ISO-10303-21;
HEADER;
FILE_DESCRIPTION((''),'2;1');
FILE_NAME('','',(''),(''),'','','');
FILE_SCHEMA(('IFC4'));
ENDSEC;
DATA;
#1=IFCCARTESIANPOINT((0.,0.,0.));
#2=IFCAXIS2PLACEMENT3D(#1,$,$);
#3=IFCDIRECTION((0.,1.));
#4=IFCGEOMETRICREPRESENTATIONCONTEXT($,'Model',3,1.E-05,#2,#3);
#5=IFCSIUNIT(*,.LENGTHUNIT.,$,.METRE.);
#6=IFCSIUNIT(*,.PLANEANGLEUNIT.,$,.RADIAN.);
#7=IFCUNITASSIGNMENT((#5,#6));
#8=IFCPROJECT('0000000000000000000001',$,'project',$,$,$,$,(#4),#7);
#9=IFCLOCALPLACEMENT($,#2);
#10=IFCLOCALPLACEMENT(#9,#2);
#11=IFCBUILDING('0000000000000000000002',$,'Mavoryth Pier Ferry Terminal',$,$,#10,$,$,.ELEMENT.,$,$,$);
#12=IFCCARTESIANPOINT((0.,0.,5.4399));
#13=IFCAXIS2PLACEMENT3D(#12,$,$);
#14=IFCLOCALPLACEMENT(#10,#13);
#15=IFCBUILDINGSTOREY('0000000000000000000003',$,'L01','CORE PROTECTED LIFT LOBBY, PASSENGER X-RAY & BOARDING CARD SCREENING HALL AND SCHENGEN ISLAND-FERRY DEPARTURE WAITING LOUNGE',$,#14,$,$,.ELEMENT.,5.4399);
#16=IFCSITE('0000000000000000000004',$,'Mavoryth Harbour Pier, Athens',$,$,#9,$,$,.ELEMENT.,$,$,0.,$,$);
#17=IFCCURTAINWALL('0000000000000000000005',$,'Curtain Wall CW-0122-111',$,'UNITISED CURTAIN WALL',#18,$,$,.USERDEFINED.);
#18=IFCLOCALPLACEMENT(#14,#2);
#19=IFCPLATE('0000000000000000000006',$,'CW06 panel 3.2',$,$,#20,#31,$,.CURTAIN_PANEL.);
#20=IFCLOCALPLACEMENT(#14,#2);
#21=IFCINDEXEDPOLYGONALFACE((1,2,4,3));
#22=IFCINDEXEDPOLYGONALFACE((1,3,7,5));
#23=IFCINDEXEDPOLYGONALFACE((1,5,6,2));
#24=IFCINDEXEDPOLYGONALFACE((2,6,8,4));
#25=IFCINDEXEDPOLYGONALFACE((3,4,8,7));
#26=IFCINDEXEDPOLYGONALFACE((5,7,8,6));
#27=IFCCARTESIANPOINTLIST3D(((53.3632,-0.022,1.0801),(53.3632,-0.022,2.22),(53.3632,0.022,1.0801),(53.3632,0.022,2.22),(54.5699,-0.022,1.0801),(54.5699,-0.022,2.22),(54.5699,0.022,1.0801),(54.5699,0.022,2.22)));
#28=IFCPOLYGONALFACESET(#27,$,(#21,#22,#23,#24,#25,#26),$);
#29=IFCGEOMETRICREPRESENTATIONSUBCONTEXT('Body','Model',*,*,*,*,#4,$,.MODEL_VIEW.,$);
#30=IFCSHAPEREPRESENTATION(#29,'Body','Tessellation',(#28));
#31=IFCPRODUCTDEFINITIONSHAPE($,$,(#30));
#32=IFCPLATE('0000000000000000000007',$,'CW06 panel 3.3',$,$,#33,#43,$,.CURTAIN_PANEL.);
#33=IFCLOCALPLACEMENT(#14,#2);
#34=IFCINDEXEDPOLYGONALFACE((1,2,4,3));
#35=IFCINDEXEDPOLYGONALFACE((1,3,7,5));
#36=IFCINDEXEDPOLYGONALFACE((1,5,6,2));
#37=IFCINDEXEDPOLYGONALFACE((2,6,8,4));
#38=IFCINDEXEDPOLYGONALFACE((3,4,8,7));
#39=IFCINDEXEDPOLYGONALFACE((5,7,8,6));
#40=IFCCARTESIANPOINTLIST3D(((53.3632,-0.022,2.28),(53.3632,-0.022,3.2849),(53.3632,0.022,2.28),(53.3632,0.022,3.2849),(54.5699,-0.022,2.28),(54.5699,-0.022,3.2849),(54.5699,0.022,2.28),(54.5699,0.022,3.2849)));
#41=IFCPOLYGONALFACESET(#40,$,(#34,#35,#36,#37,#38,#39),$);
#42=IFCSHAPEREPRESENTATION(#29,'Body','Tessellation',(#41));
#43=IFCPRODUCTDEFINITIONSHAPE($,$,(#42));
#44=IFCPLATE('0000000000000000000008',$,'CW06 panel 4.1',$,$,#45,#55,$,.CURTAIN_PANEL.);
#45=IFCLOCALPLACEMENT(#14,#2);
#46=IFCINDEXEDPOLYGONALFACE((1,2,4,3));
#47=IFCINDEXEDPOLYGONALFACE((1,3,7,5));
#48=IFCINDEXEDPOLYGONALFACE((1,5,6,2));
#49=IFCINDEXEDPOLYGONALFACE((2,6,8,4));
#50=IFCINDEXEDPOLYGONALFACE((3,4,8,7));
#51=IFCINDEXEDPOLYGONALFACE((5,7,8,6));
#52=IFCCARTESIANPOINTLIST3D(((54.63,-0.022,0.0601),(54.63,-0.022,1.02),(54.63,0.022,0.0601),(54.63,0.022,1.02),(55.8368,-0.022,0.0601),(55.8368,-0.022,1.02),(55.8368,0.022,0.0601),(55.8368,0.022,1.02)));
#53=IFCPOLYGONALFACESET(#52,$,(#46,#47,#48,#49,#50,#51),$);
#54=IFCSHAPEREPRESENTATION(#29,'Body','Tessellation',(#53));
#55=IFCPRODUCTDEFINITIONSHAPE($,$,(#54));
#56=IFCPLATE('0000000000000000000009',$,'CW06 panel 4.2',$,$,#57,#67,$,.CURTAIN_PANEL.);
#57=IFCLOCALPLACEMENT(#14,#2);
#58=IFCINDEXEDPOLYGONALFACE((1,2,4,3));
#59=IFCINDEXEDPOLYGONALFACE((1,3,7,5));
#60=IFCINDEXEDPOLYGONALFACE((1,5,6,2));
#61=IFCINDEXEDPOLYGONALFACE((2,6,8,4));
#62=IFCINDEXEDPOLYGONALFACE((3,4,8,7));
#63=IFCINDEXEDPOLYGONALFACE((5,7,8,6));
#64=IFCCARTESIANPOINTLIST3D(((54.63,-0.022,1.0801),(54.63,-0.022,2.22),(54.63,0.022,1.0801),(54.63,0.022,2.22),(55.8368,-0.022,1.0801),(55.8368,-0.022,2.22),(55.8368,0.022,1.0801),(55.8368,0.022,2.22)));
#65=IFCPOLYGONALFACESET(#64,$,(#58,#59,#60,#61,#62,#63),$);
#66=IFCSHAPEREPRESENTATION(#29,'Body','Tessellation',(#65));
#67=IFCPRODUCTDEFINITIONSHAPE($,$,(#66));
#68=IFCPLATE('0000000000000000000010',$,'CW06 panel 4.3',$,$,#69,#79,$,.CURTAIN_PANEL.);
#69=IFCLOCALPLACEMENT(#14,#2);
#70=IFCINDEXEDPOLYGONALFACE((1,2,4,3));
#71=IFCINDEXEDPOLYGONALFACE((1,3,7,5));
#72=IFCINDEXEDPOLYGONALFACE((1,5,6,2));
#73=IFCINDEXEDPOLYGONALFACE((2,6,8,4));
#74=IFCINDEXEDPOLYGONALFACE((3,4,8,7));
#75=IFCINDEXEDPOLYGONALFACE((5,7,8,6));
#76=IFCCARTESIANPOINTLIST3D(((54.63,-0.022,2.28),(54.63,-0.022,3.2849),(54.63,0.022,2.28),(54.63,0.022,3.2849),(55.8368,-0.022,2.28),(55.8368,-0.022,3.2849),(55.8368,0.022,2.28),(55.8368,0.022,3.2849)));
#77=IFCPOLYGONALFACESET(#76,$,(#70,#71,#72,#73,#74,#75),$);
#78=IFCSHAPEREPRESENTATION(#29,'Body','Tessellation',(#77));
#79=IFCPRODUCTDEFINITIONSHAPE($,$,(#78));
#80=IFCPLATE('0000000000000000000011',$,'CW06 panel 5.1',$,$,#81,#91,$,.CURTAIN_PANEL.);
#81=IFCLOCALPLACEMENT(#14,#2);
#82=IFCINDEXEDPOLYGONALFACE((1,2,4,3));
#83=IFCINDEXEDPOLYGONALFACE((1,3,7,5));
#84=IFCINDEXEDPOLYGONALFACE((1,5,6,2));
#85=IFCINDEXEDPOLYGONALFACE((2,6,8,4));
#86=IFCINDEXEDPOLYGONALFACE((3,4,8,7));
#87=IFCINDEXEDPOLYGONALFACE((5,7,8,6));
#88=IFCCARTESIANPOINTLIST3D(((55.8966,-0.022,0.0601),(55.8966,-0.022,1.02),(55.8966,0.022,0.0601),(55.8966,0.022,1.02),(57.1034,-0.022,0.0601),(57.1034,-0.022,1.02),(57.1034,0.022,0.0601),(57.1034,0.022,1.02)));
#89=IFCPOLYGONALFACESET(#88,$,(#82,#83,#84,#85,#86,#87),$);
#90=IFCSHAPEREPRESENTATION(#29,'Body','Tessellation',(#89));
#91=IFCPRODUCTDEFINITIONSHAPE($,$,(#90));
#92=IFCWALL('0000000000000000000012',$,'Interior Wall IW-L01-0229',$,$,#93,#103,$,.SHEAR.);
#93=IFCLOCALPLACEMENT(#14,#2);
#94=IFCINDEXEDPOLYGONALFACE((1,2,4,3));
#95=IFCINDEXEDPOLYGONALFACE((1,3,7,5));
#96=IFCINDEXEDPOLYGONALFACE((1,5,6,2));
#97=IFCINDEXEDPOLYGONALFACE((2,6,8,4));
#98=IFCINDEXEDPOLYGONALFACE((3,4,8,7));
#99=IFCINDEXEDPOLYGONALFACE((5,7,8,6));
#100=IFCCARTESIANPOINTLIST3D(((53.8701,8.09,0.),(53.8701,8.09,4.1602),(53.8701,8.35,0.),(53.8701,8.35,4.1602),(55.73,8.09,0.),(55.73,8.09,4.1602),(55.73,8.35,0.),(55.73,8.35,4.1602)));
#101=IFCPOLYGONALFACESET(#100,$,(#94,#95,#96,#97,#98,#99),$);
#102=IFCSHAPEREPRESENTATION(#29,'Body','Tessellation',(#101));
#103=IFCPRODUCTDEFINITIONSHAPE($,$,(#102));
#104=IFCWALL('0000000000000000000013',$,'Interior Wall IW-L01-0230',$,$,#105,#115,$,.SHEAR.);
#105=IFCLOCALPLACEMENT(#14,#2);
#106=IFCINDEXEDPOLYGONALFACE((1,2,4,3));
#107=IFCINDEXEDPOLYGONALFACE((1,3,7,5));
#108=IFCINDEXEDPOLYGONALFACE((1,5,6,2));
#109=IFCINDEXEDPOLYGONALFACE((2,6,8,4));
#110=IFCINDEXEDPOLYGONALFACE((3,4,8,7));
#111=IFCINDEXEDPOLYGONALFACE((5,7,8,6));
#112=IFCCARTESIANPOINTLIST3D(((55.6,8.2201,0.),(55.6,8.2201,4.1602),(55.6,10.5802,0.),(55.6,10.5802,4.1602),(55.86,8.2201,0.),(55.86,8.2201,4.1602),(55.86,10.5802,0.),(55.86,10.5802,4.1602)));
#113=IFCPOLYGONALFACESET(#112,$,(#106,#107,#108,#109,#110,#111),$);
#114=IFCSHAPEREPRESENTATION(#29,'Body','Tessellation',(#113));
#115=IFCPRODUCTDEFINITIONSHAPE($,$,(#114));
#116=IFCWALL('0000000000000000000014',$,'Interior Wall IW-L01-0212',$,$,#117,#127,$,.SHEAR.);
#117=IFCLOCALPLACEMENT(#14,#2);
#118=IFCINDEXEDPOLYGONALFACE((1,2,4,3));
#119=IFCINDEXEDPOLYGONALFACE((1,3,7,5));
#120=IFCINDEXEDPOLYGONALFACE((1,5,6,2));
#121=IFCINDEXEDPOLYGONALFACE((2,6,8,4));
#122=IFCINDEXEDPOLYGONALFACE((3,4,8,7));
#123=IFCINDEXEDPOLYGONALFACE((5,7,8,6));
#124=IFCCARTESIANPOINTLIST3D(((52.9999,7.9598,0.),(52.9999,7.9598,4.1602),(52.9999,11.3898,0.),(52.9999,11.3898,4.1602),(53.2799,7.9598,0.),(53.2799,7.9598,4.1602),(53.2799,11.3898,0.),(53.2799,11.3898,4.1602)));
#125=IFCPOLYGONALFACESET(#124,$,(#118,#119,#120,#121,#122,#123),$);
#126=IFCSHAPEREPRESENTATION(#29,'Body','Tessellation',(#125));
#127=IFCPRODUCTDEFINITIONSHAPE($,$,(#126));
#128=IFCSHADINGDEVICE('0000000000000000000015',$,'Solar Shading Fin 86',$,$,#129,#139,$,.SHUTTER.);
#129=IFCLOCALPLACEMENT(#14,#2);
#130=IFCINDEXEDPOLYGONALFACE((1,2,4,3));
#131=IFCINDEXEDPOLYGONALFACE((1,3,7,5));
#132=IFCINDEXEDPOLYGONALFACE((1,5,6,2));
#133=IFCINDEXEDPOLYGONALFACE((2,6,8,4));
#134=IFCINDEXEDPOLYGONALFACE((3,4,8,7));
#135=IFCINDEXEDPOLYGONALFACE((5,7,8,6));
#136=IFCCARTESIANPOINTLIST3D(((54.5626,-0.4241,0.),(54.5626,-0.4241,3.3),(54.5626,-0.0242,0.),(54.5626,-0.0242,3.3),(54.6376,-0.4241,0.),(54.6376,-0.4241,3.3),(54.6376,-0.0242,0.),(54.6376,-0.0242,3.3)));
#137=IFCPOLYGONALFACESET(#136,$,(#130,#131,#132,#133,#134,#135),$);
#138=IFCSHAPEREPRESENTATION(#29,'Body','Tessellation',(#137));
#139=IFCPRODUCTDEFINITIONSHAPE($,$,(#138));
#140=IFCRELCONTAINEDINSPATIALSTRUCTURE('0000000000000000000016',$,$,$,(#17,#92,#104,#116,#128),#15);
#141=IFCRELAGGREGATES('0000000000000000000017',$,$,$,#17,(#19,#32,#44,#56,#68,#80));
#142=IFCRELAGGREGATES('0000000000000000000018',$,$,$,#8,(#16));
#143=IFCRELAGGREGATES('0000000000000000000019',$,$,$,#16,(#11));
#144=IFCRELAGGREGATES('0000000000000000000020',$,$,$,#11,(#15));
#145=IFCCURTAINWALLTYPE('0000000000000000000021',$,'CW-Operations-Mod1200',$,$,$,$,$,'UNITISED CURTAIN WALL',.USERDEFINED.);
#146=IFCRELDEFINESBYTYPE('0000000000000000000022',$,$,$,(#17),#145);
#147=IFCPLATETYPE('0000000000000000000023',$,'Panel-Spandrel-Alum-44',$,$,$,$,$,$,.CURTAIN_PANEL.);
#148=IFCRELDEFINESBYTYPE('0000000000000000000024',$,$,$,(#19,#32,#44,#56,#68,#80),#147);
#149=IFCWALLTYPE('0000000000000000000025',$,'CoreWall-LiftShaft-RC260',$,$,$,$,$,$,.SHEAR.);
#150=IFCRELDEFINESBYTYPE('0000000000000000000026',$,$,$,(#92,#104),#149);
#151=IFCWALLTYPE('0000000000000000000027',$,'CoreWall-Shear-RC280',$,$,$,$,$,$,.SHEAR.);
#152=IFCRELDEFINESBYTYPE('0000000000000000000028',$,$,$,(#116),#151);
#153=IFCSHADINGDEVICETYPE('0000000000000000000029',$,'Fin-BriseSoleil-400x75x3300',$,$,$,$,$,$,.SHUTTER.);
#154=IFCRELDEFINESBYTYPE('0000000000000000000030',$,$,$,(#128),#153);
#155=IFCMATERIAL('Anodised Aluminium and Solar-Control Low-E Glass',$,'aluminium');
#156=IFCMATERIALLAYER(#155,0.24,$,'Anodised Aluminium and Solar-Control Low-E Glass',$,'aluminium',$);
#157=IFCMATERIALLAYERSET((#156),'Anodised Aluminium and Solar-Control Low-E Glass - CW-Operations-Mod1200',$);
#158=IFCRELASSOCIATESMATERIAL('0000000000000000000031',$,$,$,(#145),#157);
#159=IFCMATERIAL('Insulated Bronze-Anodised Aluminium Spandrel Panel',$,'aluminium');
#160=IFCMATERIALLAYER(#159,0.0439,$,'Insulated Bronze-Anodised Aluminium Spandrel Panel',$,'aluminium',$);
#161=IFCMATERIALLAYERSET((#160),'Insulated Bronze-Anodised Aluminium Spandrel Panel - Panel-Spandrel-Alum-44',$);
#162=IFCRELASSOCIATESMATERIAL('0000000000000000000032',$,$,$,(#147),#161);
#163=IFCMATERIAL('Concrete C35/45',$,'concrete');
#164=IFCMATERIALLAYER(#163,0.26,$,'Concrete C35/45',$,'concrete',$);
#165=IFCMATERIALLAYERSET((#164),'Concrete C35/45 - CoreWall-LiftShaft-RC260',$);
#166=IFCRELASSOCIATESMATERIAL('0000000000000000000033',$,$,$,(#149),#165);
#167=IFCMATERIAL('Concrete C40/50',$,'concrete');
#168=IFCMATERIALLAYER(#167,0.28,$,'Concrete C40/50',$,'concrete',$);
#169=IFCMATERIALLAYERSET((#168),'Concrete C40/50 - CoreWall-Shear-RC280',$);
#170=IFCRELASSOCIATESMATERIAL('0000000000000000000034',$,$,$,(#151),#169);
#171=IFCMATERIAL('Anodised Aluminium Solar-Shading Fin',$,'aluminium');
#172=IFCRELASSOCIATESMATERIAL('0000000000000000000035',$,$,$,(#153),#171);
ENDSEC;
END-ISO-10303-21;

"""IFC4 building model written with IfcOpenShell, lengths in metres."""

from ifc_helpers import new_model, si_unit, direction, frame, frame_2d, origin, origin_2d, place, context, subcontext, project, spatial, rectangle, extrude, material, layer, layer_set, type_object, element, aggregate, save


model = new_model("IFC4")

# Units and contexts
model_context = context("Model", 3, precision=1e-05, world=origin(), true_north=direction((0.0, 1.0)))
body_context = subcontext(model_context, "Body", "Model", "MODEL_VIEW")
ifc_project = project(units=[si_unit("LENGTHUNIT", "METRE"), si_unit("PLANEANGLEUNIT", "RADIAN")], contexts=[model_context])

# Site, building, storey
site_placement = place(None, origin())
site = spatial("IfcSite", under=ifc_project, at=site_placement, Name="Mavoryth Harbour Pier, Athens", CompositionType="ELEMENT", RefElevation=0.0)
building_placement = place(site_placement, origin())
building = spatial("IfcBuilding", under=site, at=building_placement, Name="Mavoryth Pier Ferry Terminal", CompositionType="ELEMENT")
storey_placement = place(building_placement, frame((0.0, 0.0, 5.4399)))
storey = spatial("IfcBuildingStorey", under=building, at=storey_placement, Name="L01", Description="CORE PROTECTED LIFT LOBBY, PASSENGER X-RAY & BOARDING CARD SCREENING HALL AND SCHENGEN ISLAND-FERRY DEPARTURE WAITING LOUNGE", CompositionType="ELEMENT", Elevation=5.4399)

# Shared definitions
ifc_material_1 = material(Name="Concrete C35/45", Category="concrete")

# Curtain wall, plates
ifc_material_2 = material(Name="Anodised Aluminium and Solar-Control Low-E Glass", Category="aluminium")
ifc_layer_1 = layer(ifc_material_2, 0.24, Name="Anodised Aluminium and Solar-Control Low-E Glass", Category="aluminium")
ifc_layer_set_1 = layer_set([ifc_layer_1], Name="Anodised Aluminium and Solar-Control Low-E Glass - CW-Operations-Mod1200")
curtain_wall_type = type_object("IfcCurtainWallType", Name="CW-Operations-Mod1200", ElementType="UNITISED CURTAIN WALL", PredefinedType="USERDEFINED", material=ifc_layer_set_1)
curtain_wall_placement = place(storey_placement, origin())
curtain_wall = element("IfcCurtainWall", 1, at=curtain_wall_placement, inside=storey, type_object=curtain_wall_type, Name="Curtain Wall CW-0122-111", ObjectType="UNITISED CURTAIN WALL", PredefinedType="USERDEFINED")
ifc_material_3 = material(Name="Insulated Bronze-Anodised Aluminium Spandrel Panel", Category="aluminium")
ifc_layer_2 = layer(ifc_material_3, 0.0439, Name="Insulated Bronze-Anodised Aluminium Spandrel Panel", Category="aluminium")
ifc_layer_set_2 = layer_set([ifc_layer_2], Name="Insulated Bronze-Anodised Aluminium Spandrel Panel - Panel-Spandrel-Alum-44")
plate_type = type_object("IfcPlateType", Name="Panel-Spandrel-Alum-44", PredefinedType="CURTAIN_PANEL", material=ifc_layer_set_2)
plate_1_placement = place(storey_placement, frame((53.9666, 0.0, 1.0801), z_axis=(0.0, 0.0, 1.0), x_axis=(1.0, 0.0, 0.0)))
plate_1 = element("IfcPlate", 2, at=plate_1_placement, type_object=plate_type, Name="CW06 panel 3.2", PredefinedType="CURTAIN_PANEL", context=body_context, shape_type="SweptSolid", body=[
    extrude(rectangle(XDim=1.2068, YDim=0.0439, at=origin_2d()), origin(), (0.0, 0.0, 1.0), 1.1399),
])
plate_2_placement = place(storey_placement, frame((53.9666, 0.0, 2.28), z_axis=(0.0, 0.0, 1.0), x_axis=(1.0, 0.0, 0.0)))
plate_2 = element("IfcPlate", 3, at=plate_2_placement, type_object=plate_type, Name="CW06 panel 3.3", PredefinedType="CURTAIN_PANEL", context=body_context, shape_type="SweptSolid", body=[
    extrude(rectangle(XDim=1.2068, YDim=0.0439, at=origin_2d()), origin(), (0.0, 0.0, 1.0), 1.0049),
])
plate_3_placement = place(storey_placement, frame((55.2334, 0.0, 0.0601), z_axis=(0.0, 0.0, 1.0), x_axis=(1.0, 0.0, 0.0)))
plate_3 = element("IfcPlate", 4, at=plate_3_placement, type_object=plate_type, Name="CW06 panel 4.1", PredefinedType="CURTAIN_PANEL", context=body_context, shape_type="SweptSolid", body=[
    extrude(rectangle(XDim=1.2068, YDim=0.0439, at=origin_2d()), origin(), (0.0, 0.0, 1.0), 0.96),
])
plate_4_placement = place(storey_placement, frame((55.2334, 0.0, 1.0801), z_axis=(0.0, 0.0, 1.0), x_axis=(1.0, 0.0, 0.0)))
plate_4 = element("IfcPlate", 5, at=plate_4_placement, type_object=plate_type, Name="CW06 panel 4.2", PredefinedType="CURTAIN_PANEL", context=body_context, shape_type="SweptSolid", body=[
    extrude(rectangle(XDim=1.2068, YDim=0.0439, at=origin_2d()), origin(), (0.0, 0.0, 1.0), 1.1399),
])
plate_5_placement = place(storey_placement, frame((55.2334, 0.0, 2.28), z_axis=(0.0, 0.0, 1.0), x_axis=(1.0, 0.0, 0.0)))
plate_5 = element("IfcPlate", 6, at=plate_5_placement, type_object=plate_type, Name="CW06 panel 4.3", PredefinedType="CURTAIN_PANEL", context=body_context, shape_type="SweptSolid", body=[
    extrude(rectangle(XDim=1.2068, YDim=0.0439, at=origin_2d()), origin(), (0.0, 0.0, 1.0), 1.0049),
])
plate_6_placement = place(storey_placement, frame((56.5, 0.0, 0.0601), z_axis=(0.0, 0.0, 1.0), x_axis=(1.0, 0.0, 0.0)))
plate_6 = element("IfcPlate", 7, at=plate_6_placement, type_object=plate_type, Name="CW06 panel 5.1", PredefinedType="CURTAIN_PANEL", context=body_context, shape_type="SweptSolid", body=[
    extrude(rectangle(XDim=1.2068, YDim=0.0439, at=origin_2d()), origin(), (0.0, 0.0, 1.0), 0.96),
])
aggregate(curtain_wall, [plate_1, plate_2, plate_3, plate_4, plate_5, plate_6])

# Walls
ifc_layer_3 = layer(ifc_material_1, 0.26, Name="Concrete C35/45", Category="concrete")
ifc_layer_set_3 = layer_set([ifc_layer_3], Name="Concrete C35/45 - CoreWall-LiftShaft-RC260")
wall_type_1 = type_object("IfcWallType", Name="CoreWall-LiftShaft-RC260", PredefinedType="SHEAR", material=ifc_layer_set_3)
wall_1_placement = place(storey_placement, frame((53.8701, 8.22, 0.0), z_axis=(0.0, 0.0, 1.0), x_axis=(1.0, 0.0, 0.0)))
element("IfcWall", 8, at=wall_1_placement, inside=storey, type_object=wall_type_1, Name="Interior Wall IW-L01-0229", PredefinedType="SHEAR", context=body_context, shape_type="SweptSolid", body=[
    extrude(rectangle(XDim=1.8599, YDim=0.26, at=frame_2d((0.9299, 0.0))), origin(), (0.0, 0.0, 1.0), 4.1602),
])
wall_2_placement = place(storey_placement, frame((55.73, 8.22, 0.0), z_axis=(0.0, 0.0, 1.0), x_axis=(0.0, 1.0, 0.0)))
element("IfcWall", 9, at=wall_2_placement, inside=storey, type_object=wall_type_1, Name="Interior Wall IW-L01-0230", PredefinedType="SHEAR", context=body_context, shape_type="SweptSolid", body=[
    extrude(rectangle(XDim=2.3601, YDim=0.26, at=frame_2d((1.1802, 0.0))), origin(), (0.0, 0.0, 1.0), 4.1602),
])
ifc_material_4 = material(Name="Concrete C40/50", Category="concrete")
ifc_layer_4 = layer(ifc_material_4, 0.28, Name="Concrete C40/50", Category="concrete")
ifc_layer_set_4 = layer_set([ifc_layer_4], Name="Concrete C40/50 - CoreWall-Shear-RC280")
wall_type_2 = type_object("IfcWallType", Name="CoreWall-Shear-RC280", PredefinedType="SHEAR", material=ifc_layer_set_4)
wall_3_placement = place(storey_placement, frame((53.1399, 7.96, 0.0), z_axis=(0.0, 0.0, 1.0), x_axis=(0.0, 1.0, 0.0)))
element("IfcWall", 10, at=wall_3_placement, inside=storey, type_object=wall_type_2, Name="Interior Wall IW-L01-0212", PredefinedType="SHEAR", context=body_context, shape_type="SweptSolid", body=[
    extrude(rectangle(XDim=3.4299, YDim=0.28, at=frame_2d((1.7148, 0.0))), origin(), (0.0, 0.0, 1.0), 4.1602),
])

# Shading device
ifc_material_5 = material(Name="Anodised Aluminium Solar-Shading Fin", Category="aluminium")
shading_device_type = type_object("IfcShadingDeviceType", Name="Fin-BriseSoleil-400x75x3300", PredefinedType="SHUTTER", material=ifc_material_5)
shading_device_placement = place(storey_placement, frame((54.6001, -0.2241, 0.0), z_axis=(0.0, 0.0, 1.0), x_axis=(1.0, 0.0, 0.0)))
element("IfcShadingDevice", 11, at=shading_device_placement, inside=storey, type_object=shading_device_type, Name="Solar Shading Fin 86", PredefinedType="SHUTTER", context=body_context, shape_type="SweptSolid", body=[
    extrude(rectangle(XDim=0.075, YDim=0.3999, at=origin_2d()), origin(), (0.0, 0.0, 1.0), 3.3),
])

save(model, "model.ifc")
